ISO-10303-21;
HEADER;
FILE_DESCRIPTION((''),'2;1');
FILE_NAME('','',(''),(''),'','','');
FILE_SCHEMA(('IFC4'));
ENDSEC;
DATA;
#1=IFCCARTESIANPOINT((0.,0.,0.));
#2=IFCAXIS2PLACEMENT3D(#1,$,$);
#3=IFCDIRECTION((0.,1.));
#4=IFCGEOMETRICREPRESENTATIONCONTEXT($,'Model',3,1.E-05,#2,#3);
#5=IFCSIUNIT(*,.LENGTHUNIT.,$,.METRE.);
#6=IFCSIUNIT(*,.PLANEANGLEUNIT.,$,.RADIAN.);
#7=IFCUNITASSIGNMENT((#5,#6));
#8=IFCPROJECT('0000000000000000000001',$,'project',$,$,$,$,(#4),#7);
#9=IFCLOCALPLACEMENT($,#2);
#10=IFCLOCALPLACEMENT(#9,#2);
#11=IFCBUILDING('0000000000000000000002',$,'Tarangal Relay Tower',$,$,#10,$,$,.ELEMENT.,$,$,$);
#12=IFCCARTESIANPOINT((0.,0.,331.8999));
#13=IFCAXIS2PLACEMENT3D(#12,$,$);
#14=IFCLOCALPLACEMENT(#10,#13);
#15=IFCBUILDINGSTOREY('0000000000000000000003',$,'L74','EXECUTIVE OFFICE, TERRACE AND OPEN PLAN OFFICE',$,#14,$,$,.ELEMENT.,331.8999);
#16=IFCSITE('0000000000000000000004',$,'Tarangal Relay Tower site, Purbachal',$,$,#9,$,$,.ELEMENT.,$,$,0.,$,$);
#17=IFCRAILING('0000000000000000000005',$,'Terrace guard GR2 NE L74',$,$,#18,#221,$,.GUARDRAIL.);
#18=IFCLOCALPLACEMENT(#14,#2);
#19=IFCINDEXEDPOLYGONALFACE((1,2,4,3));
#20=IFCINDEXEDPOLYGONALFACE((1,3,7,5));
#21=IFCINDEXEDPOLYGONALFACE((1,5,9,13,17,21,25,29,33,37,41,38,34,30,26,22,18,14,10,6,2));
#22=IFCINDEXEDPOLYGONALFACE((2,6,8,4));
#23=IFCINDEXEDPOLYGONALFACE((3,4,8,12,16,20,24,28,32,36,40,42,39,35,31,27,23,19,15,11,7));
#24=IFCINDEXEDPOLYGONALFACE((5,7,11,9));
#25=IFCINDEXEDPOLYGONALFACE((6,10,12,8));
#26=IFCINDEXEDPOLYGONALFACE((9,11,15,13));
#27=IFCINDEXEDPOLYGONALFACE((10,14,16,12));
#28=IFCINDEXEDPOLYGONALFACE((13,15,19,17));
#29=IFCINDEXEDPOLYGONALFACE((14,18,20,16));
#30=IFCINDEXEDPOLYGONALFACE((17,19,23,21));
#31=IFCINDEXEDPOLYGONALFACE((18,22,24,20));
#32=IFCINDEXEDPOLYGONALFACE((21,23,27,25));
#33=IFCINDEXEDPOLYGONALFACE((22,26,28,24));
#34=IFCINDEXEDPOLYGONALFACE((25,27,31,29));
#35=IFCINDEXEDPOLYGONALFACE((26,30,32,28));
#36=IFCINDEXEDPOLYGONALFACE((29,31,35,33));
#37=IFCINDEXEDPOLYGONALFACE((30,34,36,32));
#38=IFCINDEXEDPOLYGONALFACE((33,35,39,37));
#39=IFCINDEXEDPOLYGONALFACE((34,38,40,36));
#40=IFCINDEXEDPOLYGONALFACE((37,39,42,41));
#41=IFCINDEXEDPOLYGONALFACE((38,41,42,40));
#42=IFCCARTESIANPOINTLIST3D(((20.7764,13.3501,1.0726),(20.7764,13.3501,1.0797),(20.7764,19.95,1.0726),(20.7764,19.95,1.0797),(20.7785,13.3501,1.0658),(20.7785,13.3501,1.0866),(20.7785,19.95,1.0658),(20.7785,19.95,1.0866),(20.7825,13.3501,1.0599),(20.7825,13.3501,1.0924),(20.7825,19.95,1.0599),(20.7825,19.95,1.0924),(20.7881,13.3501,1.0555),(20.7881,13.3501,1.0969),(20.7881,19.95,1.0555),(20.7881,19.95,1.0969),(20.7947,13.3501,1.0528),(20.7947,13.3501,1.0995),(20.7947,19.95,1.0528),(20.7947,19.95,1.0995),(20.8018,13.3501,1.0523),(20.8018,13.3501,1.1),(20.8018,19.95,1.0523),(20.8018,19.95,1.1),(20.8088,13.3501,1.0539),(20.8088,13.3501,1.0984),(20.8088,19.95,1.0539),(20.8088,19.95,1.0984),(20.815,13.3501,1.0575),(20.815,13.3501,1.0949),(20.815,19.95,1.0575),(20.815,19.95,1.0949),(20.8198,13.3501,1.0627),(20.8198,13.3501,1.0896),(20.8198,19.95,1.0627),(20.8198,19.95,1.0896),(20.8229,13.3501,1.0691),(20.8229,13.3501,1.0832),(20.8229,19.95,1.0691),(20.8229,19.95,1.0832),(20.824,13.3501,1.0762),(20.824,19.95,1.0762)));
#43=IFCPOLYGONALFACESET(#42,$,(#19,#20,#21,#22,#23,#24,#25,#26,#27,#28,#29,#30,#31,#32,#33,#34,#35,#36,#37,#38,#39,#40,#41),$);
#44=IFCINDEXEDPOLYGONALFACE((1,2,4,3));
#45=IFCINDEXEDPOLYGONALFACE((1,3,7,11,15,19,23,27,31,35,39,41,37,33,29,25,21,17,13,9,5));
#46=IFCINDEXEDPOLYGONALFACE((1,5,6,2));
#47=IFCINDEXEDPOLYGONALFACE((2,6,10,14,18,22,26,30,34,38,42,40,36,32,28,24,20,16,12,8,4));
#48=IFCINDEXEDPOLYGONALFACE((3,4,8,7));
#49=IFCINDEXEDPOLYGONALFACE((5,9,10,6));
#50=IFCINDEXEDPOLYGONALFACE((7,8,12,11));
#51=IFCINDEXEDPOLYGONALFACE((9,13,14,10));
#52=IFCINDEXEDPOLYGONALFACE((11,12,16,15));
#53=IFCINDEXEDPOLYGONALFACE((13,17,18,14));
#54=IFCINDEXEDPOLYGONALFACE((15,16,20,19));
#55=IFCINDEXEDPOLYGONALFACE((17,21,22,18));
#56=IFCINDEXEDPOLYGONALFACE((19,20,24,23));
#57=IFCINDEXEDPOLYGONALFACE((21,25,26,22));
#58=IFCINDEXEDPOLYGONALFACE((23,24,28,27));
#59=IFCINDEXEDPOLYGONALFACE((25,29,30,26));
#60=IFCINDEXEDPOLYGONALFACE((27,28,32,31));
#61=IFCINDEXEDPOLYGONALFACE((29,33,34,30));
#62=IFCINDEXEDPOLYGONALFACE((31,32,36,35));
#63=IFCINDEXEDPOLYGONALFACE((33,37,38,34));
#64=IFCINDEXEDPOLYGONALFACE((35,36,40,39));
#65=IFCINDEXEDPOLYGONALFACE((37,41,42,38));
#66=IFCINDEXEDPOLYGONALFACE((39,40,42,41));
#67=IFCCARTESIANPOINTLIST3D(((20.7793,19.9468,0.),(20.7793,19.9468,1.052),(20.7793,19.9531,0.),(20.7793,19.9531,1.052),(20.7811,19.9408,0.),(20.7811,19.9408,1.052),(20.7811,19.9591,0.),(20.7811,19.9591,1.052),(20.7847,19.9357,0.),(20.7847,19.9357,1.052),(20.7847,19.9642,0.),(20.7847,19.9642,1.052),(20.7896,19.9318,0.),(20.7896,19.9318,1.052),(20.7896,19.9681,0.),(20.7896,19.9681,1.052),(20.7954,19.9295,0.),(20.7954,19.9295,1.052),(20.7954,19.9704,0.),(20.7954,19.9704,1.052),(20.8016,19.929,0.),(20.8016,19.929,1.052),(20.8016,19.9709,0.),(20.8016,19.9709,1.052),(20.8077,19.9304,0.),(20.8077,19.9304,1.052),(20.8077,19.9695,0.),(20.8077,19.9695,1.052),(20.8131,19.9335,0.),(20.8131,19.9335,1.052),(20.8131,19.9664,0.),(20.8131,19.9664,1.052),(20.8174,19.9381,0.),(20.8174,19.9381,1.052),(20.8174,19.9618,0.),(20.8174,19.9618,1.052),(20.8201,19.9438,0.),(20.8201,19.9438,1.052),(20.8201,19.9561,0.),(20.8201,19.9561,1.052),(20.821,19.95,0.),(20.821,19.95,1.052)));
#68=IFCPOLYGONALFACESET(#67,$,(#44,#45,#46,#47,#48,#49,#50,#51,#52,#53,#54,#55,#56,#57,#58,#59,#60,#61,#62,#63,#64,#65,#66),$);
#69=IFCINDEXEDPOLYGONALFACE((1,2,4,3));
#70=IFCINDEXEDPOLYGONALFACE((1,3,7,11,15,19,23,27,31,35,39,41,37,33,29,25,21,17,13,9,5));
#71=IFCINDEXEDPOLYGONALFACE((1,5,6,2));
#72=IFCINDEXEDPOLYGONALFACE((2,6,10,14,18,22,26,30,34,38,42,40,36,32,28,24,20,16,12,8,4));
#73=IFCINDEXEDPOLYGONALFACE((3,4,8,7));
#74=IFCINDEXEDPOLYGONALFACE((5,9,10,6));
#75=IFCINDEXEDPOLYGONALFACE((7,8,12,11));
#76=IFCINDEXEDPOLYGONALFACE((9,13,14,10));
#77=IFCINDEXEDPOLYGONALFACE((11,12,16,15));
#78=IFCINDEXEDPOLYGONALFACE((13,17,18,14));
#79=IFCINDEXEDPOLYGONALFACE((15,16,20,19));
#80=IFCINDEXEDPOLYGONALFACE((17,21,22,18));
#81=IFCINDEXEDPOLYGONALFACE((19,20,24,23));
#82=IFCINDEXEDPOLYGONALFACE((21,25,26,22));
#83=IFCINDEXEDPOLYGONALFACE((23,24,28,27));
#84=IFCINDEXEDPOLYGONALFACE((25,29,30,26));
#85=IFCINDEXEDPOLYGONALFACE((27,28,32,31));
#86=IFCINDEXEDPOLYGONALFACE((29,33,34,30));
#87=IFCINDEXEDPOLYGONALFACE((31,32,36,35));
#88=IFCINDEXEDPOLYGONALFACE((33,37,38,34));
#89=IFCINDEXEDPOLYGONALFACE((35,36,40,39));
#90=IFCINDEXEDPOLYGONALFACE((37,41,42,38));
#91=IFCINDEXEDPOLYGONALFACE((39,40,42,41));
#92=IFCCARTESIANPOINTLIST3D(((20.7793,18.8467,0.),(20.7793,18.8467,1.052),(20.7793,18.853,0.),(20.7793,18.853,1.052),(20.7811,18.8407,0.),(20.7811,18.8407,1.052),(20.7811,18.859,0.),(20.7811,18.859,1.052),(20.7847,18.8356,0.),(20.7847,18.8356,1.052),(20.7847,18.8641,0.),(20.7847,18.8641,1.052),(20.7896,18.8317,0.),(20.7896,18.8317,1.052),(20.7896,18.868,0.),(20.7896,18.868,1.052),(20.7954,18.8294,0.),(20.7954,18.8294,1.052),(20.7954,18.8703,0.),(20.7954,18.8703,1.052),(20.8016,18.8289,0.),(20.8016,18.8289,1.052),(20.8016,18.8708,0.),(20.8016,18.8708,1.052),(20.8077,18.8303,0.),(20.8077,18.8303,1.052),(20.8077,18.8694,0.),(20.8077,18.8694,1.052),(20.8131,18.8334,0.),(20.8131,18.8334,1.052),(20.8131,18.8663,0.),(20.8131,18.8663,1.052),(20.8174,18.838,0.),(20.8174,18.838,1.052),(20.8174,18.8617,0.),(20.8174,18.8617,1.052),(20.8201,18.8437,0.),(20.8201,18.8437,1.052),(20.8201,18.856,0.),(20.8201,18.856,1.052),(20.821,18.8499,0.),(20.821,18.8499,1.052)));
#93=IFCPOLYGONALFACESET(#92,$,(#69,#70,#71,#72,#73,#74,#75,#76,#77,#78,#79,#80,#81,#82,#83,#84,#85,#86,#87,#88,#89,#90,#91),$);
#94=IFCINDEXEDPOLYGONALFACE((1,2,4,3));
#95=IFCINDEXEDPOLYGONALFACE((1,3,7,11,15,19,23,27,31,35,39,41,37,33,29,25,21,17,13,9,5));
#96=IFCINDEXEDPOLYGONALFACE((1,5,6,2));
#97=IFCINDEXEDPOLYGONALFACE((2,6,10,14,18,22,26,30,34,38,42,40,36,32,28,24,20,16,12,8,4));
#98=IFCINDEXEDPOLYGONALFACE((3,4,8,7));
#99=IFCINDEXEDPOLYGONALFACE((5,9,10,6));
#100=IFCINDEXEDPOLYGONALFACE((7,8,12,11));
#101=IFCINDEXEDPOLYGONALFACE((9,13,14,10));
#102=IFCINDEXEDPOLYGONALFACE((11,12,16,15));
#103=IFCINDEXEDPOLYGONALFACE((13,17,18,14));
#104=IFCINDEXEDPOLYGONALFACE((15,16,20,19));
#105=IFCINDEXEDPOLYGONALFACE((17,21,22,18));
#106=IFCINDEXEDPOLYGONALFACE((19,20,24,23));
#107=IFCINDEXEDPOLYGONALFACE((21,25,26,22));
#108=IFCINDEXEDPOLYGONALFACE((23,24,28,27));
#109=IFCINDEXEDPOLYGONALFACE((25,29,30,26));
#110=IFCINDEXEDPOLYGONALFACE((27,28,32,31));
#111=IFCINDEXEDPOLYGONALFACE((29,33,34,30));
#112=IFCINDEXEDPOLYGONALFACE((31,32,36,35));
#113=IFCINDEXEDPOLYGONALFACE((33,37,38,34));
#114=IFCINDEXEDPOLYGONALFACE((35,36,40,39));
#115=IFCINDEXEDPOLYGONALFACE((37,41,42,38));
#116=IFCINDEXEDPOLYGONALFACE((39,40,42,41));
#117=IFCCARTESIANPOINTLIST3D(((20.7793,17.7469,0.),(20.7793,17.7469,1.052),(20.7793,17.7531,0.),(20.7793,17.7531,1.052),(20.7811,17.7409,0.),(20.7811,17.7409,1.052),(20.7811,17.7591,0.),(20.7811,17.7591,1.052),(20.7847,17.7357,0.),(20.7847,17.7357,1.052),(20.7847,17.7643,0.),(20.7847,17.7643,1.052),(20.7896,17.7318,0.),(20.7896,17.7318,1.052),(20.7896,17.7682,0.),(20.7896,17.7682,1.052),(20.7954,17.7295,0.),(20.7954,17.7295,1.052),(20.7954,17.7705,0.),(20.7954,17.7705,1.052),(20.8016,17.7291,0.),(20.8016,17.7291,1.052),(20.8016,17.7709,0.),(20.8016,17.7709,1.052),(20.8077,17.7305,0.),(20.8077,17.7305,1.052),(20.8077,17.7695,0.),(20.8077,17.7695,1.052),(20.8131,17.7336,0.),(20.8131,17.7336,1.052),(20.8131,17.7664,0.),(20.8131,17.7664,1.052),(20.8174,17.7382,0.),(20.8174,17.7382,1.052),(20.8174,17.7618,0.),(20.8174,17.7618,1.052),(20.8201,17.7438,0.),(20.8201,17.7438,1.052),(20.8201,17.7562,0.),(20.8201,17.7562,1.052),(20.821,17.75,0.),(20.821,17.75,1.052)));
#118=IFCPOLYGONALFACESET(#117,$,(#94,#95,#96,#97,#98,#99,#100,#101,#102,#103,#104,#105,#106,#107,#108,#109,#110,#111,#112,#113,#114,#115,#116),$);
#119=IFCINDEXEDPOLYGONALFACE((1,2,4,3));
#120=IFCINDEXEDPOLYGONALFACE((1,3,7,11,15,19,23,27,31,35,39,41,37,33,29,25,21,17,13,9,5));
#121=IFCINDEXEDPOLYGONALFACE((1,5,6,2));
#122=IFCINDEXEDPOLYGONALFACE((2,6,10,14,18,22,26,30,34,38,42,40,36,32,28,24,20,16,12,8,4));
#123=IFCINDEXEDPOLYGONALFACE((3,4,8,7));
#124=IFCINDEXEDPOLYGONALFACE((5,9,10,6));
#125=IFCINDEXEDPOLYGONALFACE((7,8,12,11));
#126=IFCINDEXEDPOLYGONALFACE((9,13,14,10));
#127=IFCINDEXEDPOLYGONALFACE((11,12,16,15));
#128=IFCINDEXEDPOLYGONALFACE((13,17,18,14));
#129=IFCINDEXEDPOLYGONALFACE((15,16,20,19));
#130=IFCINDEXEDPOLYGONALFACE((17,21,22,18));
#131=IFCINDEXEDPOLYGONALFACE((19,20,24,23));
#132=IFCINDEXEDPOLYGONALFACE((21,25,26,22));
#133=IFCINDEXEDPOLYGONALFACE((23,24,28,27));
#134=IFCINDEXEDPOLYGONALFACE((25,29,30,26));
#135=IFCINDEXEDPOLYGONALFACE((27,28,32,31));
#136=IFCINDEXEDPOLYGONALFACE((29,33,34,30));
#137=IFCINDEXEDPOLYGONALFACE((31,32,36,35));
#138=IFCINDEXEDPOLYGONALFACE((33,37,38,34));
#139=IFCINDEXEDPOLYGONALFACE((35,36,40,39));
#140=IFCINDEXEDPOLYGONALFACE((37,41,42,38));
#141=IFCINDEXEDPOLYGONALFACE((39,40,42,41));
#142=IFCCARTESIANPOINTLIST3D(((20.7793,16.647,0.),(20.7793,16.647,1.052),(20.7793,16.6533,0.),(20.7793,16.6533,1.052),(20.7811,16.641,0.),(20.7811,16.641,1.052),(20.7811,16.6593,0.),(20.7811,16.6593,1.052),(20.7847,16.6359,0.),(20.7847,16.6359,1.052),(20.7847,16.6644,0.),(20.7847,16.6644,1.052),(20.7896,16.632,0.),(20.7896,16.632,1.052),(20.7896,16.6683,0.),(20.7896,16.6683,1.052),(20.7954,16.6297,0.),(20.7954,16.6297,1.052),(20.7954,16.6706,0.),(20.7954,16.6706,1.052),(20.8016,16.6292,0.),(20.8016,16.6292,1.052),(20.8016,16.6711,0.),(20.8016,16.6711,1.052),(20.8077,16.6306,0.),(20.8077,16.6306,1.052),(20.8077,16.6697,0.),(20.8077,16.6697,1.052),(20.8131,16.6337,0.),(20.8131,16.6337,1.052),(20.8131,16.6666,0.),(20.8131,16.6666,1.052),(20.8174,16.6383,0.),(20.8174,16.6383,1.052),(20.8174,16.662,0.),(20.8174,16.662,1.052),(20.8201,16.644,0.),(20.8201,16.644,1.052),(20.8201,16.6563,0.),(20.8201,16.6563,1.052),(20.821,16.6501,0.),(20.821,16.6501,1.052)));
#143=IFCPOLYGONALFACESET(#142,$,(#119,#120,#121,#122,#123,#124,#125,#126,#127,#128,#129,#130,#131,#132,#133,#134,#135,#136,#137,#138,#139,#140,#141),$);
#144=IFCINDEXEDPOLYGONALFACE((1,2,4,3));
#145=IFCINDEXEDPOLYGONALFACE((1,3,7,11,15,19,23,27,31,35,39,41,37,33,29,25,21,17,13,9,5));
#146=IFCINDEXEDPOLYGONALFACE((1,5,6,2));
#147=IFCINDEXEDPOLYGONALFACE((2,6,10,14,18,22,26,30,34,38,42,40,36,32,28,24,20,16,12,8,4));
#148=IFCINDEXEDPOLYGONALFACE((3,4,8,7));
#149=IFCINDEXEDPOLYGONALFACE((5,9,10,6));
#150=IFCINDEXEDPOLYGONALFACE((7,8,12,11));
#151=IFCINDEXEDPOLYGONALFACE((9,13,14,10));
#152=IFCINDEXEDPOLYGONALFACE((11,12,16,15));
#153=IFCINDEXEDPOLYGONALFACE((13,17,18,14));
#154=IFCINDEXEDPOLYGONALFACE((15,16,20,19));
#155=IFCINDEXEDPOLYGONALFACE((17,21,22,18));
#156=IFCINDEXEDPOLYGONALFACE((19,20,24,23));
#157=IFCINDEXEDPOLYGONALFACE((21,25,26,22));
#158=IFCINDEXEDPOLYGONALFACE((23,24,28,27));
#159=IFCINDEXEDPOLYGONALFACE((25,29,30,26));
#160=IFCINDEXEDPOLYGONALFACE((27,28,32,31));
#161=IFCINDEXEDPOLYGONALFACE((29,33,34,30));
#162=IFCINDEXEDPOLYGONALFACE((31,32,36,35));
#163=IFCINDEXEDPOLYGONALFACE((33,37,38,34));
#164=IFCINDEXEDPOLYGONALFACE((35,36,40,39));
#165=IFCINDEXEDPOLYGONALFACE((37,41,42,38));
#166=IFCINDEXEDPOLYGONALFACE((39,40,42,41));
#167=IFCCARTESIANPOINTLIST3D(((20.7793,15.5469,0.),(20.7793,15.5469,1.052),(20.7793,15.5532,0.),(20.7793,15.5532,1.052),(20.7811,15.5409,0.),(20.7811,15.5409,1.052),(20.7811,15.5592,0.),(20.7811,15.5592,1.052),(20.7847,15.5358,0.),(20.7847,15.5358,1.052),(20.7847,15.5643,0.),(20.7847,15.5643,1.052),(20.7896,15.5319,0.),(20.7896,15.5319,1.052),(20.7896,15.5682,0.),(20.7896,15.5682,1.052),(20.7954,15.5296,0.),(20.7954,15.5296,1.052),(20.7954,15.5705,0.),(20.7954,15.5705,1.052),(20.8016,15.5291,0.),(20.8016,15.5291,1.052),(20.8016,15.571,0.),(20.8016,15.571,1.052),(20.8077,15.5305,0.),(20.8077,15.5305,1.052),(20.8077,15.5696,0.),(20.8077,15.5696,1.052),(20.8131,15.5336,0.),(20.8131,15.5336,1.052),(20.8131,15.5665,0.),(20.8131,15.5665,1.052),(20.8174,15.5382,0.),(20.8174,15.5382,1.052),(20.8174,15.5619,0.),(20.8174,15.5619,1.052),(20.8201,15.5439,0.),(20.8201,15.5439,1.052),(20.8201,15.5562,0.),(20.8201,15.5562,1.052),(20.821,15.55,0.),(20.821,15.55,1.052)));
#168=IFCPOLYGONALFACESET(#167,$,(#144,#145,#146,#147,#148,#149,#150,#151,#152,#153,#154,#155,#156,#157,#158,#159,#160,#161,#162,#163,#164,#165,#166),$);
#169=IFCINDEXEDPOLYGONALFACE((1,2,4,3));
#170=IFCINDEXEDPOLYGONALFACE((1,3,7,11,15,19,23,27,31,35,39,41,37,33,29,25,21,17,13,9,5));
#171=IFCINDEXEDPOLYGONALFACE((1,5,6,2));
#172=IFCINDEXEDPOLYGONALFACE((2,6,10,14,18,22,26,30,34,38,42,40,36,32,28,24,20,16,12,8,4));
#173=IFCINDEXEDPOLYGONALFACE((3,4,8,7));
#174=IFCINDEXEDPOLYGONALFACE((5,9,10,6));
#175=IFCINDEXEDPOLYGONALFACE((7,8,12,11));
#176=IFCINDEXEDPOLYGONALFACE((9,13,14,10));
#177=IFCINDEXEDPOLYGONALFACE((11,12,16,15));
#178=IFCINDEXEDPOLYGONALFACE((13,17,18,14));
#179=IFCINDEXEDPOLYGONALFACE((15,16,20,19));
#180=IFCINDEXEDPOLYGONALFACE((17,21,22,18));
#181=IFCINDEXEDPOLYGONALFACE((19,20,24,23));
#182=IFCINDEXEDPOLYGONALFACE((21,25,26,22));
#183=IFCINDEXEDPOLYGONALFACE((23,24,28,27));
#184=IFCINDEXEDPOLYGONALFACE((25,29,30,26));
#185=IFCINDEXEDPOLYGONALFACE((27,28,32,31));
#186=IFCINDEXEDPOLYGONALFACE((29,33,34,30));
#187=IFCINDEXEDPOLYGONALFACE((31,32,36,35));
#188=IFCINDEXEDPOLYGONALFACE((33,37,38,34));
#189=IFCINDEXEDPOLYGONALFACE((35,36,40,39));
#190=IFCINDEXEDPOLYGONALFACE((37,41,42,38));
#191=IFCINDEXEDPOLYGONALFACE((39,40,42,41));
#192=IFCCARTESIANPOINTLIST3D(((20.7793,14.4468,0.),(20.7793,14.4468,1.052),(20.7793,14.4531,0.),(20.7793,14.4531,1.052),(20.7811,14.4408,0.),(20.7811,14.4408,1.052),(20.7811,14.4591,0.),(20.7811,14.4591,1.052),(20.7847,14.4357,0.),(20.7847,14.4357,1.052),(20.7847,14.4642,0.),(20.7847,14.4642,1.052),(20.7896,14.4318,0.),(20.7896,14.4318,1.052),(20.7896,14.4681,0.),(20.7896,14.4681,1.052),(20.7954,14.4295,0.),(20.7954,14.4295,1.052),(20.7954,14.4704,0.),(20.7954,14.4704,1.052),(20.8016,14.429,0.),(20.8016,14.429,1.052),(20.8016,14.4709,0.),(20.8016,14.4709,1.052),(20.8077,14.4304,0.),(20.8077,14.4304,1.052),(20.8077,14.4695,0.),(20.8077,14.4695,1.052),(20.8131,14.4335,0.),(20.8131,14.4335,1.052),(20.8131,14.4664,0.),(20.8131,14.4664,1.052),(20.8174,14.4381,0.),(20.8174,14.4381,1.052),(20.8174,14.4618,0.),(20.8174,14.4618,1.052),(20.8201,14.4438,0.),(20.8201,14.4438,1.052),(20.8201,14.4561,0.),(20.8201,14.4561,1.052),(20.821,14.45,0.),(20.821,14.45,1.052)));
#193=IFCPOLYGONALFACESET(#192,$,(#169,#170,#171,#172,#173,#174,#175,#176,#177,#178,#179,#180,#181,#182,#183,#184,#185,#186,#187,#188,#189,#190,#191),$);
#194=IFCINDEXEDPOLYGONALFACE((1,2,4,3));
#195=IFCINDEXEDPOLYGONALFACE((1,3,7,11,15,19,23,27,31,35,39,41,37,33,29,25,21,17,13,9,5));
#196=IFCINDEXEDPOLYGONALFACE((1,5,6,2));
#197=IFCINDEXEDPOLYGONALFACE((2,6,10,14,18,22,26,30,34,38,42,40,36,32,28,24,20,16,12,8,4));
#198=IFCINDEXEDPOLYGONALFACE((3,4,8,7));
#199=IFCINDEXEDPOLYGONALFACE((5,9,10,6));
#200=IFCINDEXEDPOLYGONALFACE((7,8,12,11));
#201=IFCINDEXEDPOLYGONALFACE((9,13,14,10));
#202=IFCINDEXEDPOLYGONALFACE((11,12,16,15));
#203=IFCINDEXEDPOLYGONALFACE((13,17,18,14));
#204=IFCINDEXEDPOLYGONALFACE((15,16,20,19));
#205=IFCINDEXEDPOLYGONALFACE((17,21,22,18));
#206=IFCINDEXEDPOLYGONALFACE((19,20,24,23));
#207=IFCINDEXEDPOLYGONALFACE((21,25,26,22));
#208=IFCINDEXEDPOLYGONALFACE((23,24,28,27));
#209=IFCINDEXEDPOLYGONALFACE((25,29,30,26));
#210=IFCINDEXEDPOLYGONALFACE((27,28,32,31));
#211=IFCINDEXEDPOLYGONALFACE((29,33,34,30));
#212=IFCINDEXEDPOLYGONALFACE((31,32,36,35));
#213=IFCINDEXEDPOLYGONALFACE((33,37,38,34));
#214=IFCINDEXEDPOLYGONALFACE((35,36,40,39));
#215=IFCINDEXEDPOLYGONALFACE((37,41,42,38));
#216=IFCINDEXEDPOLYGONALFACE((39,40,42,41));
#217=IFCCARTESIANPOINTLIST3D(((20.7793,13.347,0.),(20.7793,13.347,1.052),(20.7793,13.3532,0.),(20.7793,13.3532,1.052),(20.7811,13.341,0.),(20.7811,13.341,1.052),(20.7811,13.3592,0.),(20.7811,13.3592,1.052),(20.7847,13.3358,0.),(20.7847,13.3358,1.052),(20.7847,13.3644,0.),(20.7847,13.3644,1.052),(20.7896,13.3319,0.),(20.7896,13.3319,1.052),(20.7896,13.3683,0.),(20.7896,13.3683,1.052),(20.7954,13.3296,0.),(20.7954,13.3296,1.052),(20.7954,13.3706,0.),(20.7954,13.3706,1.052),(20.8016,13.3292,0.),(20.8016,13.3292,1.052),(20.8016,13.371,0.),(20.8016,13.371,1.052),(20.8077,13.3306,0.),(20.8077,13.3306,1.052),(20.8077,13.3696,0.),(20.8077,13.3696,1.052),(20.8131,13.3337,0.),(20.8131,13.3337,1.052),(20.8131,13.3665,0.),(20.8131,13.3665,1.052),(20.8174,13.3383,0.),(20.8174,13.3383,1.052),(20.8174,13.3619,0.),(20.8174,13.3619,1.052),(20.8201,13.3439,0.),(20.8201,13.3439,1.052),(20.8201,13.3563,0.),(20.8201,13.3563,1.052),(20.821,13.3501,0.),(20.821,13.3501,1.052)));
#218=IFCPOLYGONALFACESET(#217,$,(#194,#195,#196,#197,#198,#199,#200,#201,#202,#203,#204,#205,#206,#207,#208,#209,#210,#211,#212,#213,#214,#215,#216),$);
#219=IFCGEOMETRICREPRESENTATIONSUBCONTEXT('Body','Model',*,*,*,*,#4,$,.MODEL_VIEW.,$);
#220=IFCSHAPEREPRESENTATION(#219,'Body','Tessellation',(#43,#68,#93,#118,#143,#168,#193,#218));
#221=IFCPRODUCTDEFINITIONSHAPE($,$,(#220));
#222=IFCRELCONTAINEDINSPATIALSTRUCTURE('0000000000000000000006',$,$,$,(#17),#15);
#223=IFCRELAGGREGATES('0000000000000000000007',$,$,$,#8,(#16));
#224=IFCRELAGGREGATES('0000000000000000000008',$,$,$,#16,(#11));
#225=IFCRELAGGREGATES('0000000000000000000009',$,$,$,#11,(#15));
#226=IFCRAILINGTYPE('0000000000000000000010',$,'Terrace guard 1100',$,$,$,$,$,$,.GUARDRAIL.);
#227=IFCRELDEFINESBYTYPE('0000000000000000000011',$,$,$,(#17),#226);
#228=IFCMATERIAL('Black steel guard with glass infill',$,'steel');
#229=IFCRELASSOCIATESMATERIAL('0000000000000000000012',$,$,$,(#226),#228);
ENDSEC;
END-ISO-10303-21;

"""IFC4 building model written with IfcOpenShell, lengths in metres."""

from ifc_helpers import new_model, si_unit, direction, frame, origin, origin_2d, place, context, subcontext, project, spatial, circle, extrude, material, type_object, element, save


model = new_model("IFC4")

# Units and contexts
model_context = context("Model", 3, precision=1e-05, world=origin(), true_north=direction((0.0, 1.0)))
body_context = subcontext(model_context, "Body", "Model", "MODEL_VIEW")
ifc_project = project(units=[si_unit("LENGTHUNIT", "METRE"), si_unit("PLANEANGLEUNIT", "RADIAN")], contexts=[model_context])

# Site, building, storey
site_placement = place(None, origin())
site = spatial("IfcSite", under=ifc_project, at=site_placement, Name="Tarangal Relay Tower site, Purbachal", CompositionType="ELEMENT", RefElevation=0.0)
building_placement = place(site_placement, origin())
building = spatial("IfcBuilding", under=site, at=building_placement, Name="Tarangal Relay Tower", CompositionType="ELEMENT")
storey_placement = place(building_placement, frame((0.0, 0.0, 331.8999)))
storey = spatial("IfcBuildingStorey", under=building, at=storey_placement, Name="L74", Description="EXECUTIVE OFFICE, TERRACE AND OPEN PLAN OFFICE", CompositionType="ELEMENT", Elevation=331.8999)

# Railing
ifc_material_1 = material(Name="Black steel guard with glass infill", Category="steel")
railing_type = type_object("IfcRailingType", Name="Terrace guard 1100", PredefinedType="GUARDRAIL", material=ifc_material_1)
railing_1_placement = place(storey_placement, frame((20.8, 19.95, 0.0)))
element("IfcRailing", 1, at=railing_1_placement, inside=storey, type_object=railing_type, Name="Terrace guard GR2 NE L74", PredefinedType="GUARDRAIL", context=body_context, shape_type="SweptSolid", body=[
    extrude(circle(Radius=0.0239, at=origin_2d()), frame((0.0, 0.0, 1.0762), z_axis=(0.0, -1.0, 0.0), x_axis=(1.0, 0.0, 0.0)), (0.0, 0.0, 1.0), 6.5999),
    extrude(circle(Radius=0.021, at=origin_2d()), origin(), (0.0, 0.0, 1.0), 1.052),
    extrude(circle(Radius=0.021, at=origin_2d()), frame((0.0, -1.1001, 0.0)), (0.0, 0.0, 1.0), 1.052),
    extrude(circle(Radius=0.021, at=origin_2d()), frame((0.0, -2.2, 0.0)), (0.0, 0.0, 1.0), 1.052),
    extrude(circle(Radius=0.021, at=origin_2d()), frame((0.0, -3.2998, 0.0)), (0.0, 0.0, 1.0), 1.052),
    extrude(circle(Radius=0.021, at=origin_2d()), frame((0.0, -4.3999, 0.0)), (0.0, 0.0, 1.0), 1.052),
    extrude(circle(Radius=0.021, at=origin_2d()), frame((0.0, -5.5, 0.0)), (0.0, 0.0, 1.0), 1.052),
    extrude(circle(Radius=0.021, at=origin_2d()), frame((0.0, -6.5999, 0.0)), (0.0, 0.0, 1.0), 1.052),
])

save(model, "model.ifc")
